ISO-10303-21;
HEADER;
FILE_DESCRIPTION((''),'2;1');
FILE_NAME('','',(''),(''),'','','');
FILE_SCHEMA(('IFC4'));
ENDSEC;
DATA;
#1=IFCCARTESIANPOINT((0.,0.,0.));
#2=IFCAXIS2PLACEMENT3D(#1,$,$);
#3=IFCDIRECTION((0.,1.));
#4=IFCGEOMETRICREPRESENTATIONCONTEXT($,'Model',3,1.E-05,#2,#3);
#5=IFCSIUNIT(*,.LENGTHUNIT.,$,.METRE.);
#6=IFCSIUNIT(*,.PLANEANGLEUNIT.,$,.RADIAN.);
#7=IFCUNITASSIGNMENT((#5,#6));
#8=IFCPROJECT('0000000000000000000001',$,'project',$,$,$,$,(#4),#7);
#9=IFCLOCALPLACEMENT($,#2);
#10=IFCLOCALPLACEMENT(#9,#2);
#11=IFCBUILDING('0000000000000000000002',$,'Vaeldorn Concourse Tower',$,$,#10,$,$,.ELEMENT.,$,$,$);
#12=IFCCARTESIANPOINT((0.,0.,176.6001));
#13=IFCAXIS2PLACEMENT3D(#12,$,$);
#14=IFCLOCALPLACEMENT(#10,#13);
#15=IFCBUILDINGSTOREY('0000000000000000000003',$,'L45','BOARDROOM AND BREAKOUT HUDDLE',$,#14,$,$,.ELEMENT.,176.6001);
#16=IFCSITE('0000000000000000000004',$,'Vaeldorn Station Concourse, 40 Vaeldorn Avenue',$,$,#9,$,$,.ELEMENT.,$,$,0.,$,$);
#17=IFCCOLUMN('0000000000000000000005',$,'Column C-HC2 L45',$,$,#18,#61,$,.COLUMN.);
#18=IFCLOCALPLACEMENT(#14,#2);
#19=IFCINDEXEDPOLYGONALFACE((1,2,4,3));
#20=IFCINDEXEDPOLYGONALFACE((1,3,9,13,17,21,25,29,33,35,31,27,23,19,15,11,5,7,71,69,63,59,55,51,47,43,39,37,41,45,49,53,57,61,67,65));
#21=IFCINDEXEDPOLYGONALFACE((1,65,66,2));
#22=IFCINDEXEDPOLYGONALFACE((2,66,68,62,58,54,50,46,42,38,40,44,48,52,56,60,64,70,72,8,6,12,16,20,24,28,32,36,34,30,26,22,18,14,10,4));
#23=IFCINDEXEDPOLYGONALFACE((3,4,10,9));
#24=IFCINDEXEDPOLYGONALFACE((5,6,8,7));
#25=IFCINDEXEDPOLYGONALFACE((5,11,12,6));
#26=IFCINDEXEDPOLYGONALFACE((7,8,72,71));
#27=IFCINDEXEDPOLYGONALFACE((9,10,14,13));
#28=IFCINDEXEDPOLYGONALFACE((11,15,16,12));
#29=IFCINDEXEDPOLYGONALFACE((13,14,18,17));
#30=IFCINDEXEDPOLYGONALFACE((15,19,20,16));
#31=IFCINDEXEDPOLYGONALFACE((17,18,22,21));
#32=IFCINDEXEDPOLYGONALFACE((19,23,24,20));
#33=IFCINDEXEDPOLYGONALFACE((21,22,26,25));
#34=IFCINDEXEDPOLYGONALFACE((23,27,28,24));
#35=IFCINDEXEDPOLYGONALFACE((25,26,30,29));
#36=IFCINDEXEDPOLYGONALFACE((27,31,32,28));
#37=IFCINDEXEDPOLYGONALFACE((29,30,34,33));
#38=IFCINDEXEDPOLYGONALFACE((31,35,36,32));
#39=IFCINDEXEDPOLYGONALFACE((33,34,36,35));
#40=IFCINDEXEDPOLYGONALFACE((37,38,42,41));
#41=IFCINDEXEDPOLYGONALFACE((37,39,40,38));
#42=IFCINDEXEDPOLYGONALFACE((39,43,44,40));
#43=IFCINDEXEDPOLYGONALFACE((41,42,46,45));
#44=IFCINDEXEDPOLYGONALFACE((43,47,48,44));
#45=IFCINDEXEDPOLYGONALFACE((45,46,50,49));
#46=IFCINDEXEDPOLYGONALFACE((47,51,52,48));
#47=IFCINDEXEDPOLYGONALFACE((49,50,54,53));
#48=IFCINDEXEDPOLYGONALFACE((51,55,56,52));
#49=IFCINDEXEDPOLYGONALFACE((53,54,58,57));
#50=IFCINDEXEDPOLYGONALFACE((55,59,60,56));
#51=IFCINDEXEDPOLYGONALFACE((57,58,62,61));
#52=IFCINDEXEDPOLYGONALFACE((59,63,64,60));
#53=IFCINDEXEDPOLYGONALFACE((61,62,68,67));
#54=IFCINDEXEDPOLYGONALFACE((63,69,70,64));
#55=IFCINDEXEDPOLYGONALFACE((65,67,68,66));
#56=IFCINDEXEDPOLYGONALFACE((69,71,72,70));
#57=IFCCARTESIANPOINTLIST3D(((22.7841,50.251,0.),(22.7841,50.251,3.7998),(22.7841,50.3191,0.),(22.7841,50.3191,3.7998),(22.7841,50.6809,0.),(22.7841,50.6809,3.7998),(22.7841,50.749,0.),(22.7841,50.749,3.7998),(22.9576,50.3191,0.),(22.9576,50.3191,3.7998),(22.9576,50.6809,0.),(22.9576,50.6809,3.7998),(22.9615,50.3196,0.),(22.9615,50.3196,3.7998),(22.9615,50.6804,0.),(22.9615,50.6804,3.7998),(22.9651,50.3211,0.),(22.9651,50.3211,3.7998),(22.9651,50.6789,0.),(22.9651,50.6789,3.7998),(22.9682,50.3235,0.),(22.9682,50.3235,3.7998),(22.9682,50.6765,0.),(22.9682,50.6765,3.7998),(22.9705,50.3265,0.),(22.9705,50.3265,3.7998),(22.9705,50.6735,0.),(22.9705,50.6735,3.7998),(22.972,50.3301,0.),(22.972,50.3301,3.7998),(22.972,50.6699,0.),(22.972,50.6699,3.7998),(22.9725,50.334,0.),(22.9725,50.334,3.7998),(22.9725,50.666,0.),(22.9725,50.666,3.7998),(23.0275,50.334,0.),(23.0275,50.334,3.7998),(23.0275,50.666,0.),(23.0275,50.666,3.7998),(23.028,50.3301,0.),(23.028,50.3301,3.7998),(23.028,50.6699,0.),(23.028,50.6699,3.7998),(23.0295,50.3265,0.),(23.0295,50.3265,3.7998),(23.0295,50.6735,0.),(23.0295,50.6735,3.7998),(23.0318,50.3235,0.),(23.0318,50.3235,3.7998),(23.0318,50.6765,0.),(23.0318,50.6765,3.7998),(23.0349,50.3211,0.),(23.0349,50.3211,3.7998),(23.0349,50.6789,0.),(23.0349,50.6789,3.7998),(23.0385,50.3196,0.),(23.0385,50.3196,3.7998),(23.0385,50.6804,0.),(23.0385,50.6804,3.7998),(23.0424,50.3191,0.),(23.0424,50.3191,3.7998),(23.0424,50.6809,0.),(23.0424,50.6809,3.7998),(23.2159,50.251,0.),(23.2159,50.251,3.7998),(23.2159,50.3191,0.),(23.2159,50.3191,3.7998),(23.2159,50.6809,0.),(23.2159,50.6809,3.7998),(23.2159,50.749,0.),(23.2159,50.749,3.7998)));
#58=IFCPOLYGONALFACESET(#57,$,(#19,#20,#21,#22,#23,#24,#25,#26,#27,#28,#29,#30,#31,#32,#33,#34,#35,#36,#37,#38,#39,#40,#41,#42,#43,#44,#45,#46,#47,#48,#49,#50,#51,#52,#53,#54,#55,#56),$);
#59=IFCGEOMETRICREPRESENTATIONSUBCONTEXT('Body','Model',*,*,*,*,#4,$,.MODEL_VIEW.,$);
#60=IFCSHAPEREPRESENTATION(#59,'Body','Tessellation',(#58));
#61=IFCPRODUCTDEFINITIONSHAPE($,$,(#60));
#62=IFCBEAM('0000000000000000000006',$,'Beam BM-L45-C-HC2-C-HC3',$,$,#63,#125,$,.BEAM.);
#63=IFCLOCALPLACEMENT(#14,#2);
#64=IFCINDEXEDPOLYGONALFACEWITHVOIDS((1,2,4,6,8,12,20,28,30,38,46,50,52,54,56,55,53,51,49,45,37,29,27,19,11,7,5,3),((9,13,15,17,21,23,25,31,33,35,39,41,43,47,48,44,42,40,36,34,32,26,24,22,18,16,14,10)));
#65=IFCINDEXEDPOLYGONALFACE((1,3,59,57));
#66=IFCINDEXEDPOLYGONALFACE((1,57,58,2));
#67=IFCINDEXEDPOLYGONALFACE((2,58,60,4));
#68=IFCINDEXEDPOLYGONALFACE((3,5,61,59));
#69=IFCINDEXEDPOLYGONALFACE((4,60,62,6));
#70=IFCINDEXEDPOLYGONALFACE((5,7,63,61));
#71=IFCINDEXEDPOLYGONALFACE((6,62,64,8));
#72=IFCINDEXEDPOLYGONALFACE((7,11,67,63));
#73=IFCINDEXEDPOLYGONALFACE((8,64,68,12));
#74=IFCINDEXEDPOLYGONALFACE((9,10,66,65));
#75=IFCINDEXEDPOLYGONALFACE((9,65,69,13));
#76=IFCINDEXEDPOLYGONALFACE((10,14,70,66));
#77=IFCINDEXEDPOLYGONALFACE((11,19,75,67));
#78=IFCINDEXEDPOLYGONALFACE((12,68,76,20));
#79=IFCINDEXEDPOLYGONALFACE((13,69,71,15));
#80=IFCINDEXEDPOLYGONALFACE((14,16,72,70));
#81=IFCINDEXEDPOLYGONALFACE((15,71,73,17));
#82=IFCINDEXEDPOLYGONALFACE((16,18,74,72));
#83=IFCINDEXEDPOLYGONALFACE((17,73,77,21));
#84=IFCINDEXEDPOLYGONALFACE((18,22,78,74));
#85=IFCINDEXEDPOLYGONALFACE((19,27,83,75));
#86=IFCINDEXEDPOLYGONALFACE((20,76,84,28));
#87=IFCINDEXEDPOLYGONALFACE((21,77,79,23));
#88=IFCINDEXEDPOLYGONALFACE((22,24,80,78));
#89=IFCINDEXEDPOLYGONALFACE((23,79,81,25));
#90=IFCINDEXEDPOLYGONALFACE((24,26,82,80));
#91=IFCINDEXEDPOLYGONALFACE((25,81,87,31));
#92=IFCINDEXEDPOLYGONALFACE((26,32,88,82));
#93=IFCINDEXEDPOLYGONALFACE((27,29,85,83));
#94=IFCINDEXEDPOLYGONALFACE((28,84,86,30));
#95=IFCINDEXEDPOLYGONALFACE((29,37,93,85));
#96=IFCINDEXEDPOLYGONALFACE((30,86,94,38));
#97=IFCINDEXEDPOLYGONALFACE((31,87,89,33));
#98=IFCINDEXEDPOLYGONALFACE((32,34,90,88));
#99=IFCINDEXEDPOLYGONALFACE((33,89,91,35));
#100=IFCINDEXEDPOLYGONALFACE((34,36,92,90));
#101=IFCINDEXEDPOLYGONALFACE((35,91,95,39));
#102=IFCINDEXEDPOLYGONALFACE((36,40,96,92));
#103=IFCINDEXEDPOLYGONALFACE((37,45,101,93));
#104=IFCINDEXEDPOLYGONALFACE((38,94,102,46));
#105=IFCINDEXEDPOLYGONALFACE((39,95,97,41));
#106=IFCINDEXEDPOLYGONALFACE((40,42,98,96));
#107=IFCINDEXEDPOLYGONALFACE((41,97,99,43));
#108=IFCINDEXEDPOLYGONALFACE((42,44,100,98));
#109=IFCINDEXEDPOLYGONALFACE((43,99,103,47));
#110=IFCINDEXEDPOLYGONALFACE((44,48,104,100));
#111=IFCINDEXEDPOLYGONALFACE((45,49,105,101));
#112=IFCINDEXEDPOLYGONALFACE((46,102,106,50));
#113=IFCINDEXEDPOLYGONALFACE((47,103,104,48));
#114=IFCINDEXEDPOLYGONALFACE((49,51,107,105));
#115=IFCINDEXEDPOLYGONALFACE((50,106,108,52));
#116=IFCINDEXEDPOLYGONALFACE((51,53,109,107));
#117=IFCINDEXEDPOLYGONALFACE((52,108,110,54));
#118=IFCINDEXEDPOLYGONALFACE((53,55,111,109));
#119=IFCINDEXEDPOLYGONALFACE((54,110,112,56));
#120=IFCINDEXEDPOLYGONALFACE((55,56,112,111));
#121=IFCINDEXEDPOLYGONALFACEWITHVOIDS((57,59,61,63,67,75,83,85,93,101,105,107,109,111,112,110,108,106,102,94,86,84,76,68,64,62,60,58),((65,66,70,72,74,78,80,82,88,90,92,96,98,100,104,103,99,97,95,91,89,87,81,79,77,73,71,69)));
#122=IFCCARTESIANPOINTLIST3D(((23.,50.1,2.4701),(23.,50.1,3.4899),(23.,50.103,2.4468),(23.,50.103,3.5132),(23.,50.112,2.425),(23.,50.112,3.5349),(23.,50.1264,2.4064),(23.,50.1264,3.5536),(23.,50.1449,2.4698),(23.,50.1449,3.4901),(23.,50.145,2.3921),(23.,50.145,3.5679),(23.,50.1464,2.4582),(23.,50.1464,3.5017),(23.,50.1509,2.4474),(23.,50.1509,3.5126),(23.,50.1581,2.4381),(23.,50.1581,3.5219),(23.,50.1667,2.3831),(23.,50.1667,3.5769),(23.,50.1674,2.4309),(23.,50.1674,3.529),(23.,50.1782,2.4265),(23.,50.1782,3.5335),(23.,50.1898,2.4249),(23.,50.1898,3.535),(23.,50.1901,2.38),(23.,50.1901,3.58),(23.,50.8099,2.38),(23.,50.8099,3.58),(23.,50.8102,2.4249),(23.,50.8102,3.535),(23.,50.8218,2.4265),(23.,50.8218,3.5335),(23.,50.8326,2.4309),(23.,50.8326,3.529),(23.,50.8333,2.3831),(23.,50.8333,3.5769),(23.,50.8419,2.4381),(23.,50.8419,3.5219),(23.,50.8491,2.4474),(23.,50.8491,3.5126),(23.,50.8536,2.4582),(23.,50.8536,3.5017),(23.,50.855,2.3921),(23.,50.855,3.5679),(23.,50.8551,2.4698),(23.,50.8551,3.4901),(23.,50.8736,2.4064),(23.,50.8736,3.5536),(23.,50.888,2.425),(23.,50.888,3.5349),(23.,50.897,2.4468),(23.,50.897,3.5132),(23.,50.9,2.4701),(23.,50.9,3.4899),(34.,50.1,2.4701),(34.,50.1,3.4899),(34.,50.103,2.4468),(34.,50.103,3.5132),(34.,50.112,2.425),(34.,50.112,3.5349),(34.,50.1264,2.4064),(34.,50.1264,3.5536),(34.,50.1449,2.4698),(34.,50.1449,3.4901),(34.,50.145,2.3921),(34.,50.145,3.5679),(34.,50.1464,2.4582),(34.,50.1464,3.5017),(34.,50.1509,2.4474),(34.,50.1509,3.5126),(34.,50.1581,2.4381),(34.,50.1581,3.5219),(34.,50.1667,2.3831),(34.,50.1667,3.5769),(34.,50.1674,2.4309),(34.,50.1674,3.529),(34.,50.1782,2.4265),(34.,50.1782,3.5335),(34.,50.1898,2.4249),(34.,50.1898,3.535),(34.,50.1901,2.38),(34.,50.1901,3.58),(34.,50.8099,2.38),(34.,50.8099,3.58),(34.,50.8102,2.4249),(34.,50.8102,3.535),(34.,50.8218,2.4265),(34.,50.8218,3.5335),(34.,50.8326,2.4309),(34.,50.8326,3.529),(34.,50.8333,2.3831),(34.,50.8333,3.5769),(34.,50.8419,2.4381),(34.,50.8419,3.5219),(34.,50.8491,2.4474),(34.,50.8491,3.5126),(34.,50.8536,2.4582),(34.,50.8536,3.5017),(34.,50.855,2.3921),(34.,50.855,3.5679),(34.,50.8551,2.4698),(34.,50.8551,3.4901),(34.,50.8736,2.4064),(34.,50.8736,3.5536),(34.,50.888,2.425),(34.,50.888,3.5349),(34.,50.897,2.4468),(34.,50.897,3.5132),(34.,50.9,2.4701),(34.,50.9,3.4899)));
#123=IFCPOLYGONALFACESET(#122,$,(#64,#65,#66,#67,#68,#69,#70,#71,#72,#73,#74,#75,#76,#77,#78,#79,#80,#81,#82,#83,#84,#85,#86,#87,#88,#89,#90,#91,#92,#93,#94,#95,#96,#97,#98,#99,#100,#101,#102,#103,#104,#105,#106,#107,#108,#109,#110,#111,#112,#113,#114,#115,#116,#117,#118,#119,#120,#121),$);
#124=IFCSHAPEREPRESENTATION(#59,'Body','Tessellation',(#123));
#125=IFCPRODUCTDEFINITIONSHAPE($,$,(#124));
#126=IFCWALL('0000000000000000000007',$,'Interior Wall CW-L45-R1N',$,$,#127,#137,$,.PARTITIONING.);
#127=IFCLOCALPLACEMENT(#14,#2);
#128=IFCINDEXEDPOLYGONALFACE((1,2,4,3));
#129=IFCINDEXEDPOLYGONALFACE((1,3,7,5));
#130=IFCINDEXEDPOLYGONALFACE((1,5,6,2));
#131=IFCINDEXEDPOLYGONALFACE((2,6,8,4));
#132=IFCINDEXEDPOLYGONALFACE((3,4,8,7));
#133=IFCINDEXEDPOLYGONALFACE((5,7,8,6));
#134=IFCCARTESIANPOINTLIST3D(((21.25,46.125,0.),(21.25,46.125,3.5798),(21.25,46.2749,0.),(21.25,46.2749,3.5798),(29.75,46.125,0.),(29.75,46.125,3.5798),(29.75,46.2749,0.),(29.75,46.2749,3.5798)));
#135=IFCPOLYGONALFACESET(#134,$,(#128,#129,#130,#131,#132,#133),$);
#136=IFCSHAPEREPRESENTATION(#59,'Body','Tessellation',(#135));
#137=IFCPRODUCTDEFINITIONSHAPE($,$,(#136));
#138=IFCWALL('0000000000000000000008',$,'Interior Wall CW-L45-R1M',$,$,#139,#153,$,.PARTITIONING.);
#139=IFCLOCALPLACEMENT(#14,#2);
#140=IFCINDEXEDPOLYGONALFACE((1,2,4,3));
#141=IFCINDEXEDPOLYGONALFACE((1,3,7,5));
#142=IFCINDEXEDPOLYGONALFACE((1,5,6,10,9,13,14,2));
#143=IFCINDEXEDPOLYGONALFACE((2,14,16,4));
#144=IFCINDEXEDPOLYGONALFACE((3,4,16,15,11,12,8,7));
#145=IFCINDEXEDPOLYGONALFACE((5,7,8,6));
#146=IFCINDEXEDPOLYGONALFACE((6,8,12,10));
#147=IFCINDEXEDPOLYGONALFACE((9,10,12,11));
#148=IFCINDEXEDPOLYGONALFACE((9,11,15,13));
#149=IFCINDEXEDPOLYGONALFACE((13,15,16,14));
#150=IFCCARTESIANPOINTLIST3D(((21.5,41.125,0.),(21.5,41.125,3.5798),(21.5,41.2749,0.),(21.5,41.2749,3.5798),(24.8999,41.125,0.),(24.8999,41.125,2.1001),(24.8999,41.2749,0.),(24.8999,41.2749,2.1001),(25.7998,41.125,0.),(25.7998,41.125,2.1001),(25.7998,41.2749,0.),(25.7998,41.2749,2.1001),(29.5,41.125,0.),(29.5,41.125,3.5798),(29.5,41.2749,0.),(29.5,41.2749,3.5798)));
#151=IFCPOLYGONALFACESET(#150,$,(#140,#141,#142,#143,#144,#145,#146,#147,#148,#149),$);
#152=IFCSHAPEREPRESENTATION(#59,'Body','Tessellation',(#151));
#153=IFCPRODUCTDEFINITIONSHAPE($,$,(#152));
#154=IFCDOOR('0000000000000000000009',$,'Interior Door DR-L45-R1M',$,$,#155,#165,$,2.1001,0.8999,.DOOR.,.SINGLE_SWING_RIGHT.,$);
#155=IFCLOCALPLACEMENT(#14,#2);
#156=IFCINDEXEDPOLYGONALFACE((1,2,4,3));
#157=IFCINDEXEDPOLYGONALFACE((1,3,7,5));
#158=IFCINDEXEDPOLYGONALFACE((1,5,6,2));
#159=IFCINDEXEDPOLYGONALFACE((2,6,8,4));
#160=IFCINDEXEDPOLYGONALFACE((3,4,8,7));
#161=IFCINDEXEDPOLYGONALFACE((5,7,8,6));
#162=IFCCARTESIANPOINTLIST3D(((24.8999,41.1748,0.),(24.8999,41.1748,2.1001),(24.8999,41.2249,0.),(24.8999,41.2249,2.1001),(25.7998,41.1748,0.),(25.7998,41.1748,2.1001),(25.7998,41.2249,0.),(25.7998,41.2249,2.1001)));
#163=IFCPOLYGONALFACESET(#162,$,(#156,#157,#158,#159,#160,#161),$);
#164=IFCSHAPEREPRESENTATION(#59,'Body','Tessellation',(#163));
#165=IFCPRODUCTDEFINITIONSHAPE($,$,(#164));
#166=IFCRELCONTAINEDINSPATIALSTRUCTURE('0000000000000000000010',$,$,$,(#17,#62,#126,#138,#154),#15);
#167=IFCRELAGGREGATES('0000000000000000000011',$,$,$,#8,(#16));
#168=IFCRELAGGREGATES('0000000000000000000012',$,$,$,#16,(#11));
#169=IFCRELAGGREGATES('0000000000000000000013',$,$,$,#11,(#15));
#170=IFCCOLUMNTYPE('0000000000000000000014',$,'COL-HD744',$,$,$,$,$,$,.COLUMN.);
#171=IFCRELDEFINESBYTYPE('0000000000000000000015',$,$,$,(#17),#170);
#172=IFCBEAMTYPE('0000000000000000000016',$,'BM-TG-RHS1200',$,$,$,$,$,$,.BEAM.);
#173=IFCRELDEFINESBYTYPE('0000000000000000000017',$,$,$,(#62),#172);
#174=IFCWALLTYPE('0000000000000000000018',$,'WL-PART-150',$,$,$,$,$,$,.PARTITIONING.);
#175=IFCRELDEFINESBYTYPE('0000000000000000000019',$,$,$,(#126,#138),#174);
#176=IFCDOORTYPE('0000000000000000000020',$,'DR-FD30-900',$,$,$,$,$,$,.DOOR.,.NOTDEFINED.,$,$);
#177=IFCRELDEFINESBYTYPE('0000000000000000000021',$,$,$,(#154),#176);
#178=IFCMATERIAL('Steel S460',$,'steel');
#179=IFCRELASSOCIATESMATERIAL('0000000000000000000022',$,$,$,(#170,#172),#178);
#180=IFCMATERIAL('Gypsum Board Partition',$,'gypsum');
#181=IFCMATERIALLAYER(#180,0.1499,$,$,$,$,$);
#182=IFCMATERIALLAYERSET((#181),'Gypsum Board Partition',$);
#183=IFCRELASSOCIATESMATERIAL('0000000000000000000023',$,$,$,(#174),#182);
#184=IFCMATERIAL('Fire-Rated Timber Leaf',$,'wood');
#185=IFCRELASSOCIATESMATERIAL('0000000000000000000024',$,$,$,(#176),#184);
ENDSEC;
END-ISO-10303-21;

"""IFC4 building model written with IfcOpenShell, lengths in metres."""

from ifc_helpers import new_model, si_unit, direction, frame, frame_2d, origin, origin_2d, place, context, subcontext, project, spatial, rectangle, hollow_rectangle, i_section, extrude, source, transform, mapped, material, layer, layer_set, material_profile, profile_set, type_object, element, fill, save


model = new_model("IFC4")

# Units and contexts
model_context = context("Model", 3, precision=1e-05, world=origin(), true_north=direction((0.0, 1.0)))
body_context = subcontext(model_context, "Body", "Model", "MODEL_VIEW")
ifc_project = project(units=[si_unit("LENGTHUNIT", "METRE"), si_unit("PLANEANGLEUNIT", "RADIAN")], contexts=[model_context])

# Site, building, storey
site_placement = place(None, origin())
site = spatial("IfcSite", under=ifc_project, at=site_placement, Name="Vaeldorn Station Concourse, 40 Vaeldorn Avenue", CompositionType="ELEMENT", RefElevation=0.0)
building_placement = place(site_placement, origin())
building = spatial("IfcBuilding", under=site, at=building_placement, Name="Vaeldorn Concourse Tower", CompositionType="ELEMENT")
storey_placement = place(building_placement, frame((0.0, 0.0, 176.6001)))
storey = spatial("IfcBuildingStorey", under=building, at=storey_placement, Name="L45", Description="BOARDROOM AND BREAKOUT HUDDLE", CompositionType="ELEMENT", Elevation=176.6001)

# Column
ifc_material_1 = material(Name="Steel S460", Category="steel")
ifc_material_profile_1 = material_profile(ifc_material_1, i_section(OverallWidth=0.4319, OverallDepth=0.498, WebThickness=0.0549, FlangeThickness=0.0681, FilletRadius=0.0149, at=origin_2d()), Name="HD 400x744")
ifc_profile_set_1 = profile_set([ifc_material_profile_1], Name="Steel S460")
column_type = type_object("IfcColumnType", Name="COL-HD744", PredefinedType="COLUMN", material=ifc_profile_set_1)
shared_shape_1 = source(origin(), body_context, "Body", "SweptSolid", [
    extrude(i_section(OverallWidth=0.4319, OverallDepth=0.498, WebThickness=0.0549, FlangeThickness=0.0681, FilletRadius=0.0149, at=origin_2d()), origin(), (0.0, 0.0, 1.0), 3.7998),
])
column_placement = place(storey_placement, frame((23.0, 50.5, 0.0), z_axis=(0.0, 0.0, 1.0), x_axis=(1.0, 0.0, 0.0)))
element("IfcColumn", 1, at=column_placement, inside=storey, type_object=column_type, Name="Column C-HC2 L45", PredefinedType="COLUMN", context=body_context, shape_type="MappedRepresentation", body=[
    mapped(shared_shape_1, transform((0.0, 0.0, 0.0), scale=1.0)),
])

# Beam
ifc_material_profile_2 = material_profile(ifc_material_1, hollow_rectangle(XDim=0.8, YDim=1.2, WallThickness=0.0449, InnerFilletRadius=0.0449, OuterFilletRadius=0.0901, at=origin_2d()), Name="RHS 1200x800x45")
ifc_profile_set_2 = profile_set([ifc_material_profile_2], Name="Steel S460")
beam_type = type_object("IfcBeamType", Name="BM-TG-RHS1200", PredefinedType="BEAM", material=ifc_profile_set_2)
shared_shape_2 = source(origin(), body_context, "Body", "SweptSolid", [
    extrude(hollow_rectangle(XDim=0.8, YDim=1.2, WallThickness=0.0449, InnerFilletRadius=0.0449, OuterFilletRadius=0.0901, at=origin_2d()), origin(), (0.0, 0.0, 1.0), 11.0),
])
beam_placement = place(storey_placement, frame((23.0, 50.5, 2.98), z_axis=(1.0, 0.0, 0.0), x_axis=(0.0, 1.0, 0.0)))
element("IfcBeam", 2, at=beam_placement, inside=storey, type_object=beam_type, Name="Beam BM-L45-C-HC2-C-HC3", PredefinedType="BEAM", context=body_context, shape_type="MappedRepresentation", body=[
    mapped(shared_shape_2, transform((0.0, 0.0, 0.0), scale=1.0)),
])

# Wall
ifc_material_2 = material(Name="Gypsum Board Partition", Category="gypsum")
ifc_layer_1 = layer(ifc_material_2, 0.1499)
ifc_layer_set_1 = layer_set([ifc_layer_1], Name="Gypsum Board Partition")
wall_type_1 = type_object("IfcWallType", Name="WL-PART-150", PredefinedType="PARTITIONING", material=ifc_layer_set_1)
wall_1_placement = place(storey_placement, frame((21.25, 46.2, 0.0), z_axis=(0.0, 0.0, 1.0), x_axis=(1.0, 0.0, 0.0)))
element("IfcWall", 3, at=wall_1_placement, inside=storey, type_object=wall_type_1, Name="Interior Wall CW-L45-R1N", PredefinedType="PARTITIONING", context=body_context, shape_type="SweptSolid", body=[
    extrude(rectangle(XDim=8.5, YDim=0.1499, at=frame_2d((4.25, 0.0))), origin(), (0.0, 0.0, 1.0), 3.5798),
])

# Wall, opening, door
wall_2_placement = place(storey_placement, frame((21.5, 41.2, 0.0), z_axis=(0.0, 0.0, 1.0), x_axis=(1.0, 0.0, 0.0)))
wall_2 = element("IfcWall", 4, at=wall_2_placement, inside=storey, type_object=wall_type_1, Name="Interior Wall CW-L45-R1M", PredefinedType="PARTITIONING", context=body_context, shape_type="SweptSolid", body=[
    extrude(rectangle(XDim=8.0, YDim=0.1499, at=frame_2d((4.0, 0.0))), origin(), (0.0, 0.0, 1.0), 3.5798),
])
opening_1_placement = place(wall_2_placement, frame((3.3999, 0.0, 0.0)))
opening_1 = element("IfcOpeningElement", 5, at=opening_1_placement, cuts=wall_2, PredefinedType="OPENING", context=body_context, shape_type="SweptSolid", body=[
    extrude(rectangle(XDim=0.8999, YDim=2.1001, at=frame_2d((0.45, 1.05))), frame((0.0, 0.085, 0.0), z_axis=(0.0, -1.0, 0.0), x_axis=(1.0, 0.0, 0.0)), (0.0, 0.0, 1.0), 0.1699),
])
ifc_material_3 = material(Name="Fire-Rated Timber Leaf", Category="wood")
door_type_1 = type_object("IfcDoorType", Name="DR-FD30-900", OperationType="NOTDEFINED", PredefinedType="DOOR", material=ifc_material_3)
shared_shape_3 = source(origin(), body_context, "Body", "SweptSolid", [
    extrude(rectangle(XDim=0.8999, YDim=2.1001, at=frame_2d((0.45, 1.05))), frame((0.0, 0.0249, 0.0), z_axis=(0.0, -1.0, 0.0), x_axis=(1.0, 0.0, 0.0)), (0.0, 0.0, 1.0), 0.05),
])
door_1_placement = place(opening_1_placement, origin())
door_1 = element("IfcDoor", 6, at=door_1_placement, inside=storey, type_object=door_type_1, Name="Interior Door DR-L45-R1M", OperationType="SINGLE_SWING_RIGHT", OverallHeight=2.1001, OverallWidth=0.8999, PredefinedType="DOOR", context=body_context, shape_type="MappedRepresentation", body=[
    mapped(shared_shape_3, transform((0.0, 0.0, 0.0), scale=1.0)),
])
fill(opening_1, door_1)

save(model, "model.ifc")
